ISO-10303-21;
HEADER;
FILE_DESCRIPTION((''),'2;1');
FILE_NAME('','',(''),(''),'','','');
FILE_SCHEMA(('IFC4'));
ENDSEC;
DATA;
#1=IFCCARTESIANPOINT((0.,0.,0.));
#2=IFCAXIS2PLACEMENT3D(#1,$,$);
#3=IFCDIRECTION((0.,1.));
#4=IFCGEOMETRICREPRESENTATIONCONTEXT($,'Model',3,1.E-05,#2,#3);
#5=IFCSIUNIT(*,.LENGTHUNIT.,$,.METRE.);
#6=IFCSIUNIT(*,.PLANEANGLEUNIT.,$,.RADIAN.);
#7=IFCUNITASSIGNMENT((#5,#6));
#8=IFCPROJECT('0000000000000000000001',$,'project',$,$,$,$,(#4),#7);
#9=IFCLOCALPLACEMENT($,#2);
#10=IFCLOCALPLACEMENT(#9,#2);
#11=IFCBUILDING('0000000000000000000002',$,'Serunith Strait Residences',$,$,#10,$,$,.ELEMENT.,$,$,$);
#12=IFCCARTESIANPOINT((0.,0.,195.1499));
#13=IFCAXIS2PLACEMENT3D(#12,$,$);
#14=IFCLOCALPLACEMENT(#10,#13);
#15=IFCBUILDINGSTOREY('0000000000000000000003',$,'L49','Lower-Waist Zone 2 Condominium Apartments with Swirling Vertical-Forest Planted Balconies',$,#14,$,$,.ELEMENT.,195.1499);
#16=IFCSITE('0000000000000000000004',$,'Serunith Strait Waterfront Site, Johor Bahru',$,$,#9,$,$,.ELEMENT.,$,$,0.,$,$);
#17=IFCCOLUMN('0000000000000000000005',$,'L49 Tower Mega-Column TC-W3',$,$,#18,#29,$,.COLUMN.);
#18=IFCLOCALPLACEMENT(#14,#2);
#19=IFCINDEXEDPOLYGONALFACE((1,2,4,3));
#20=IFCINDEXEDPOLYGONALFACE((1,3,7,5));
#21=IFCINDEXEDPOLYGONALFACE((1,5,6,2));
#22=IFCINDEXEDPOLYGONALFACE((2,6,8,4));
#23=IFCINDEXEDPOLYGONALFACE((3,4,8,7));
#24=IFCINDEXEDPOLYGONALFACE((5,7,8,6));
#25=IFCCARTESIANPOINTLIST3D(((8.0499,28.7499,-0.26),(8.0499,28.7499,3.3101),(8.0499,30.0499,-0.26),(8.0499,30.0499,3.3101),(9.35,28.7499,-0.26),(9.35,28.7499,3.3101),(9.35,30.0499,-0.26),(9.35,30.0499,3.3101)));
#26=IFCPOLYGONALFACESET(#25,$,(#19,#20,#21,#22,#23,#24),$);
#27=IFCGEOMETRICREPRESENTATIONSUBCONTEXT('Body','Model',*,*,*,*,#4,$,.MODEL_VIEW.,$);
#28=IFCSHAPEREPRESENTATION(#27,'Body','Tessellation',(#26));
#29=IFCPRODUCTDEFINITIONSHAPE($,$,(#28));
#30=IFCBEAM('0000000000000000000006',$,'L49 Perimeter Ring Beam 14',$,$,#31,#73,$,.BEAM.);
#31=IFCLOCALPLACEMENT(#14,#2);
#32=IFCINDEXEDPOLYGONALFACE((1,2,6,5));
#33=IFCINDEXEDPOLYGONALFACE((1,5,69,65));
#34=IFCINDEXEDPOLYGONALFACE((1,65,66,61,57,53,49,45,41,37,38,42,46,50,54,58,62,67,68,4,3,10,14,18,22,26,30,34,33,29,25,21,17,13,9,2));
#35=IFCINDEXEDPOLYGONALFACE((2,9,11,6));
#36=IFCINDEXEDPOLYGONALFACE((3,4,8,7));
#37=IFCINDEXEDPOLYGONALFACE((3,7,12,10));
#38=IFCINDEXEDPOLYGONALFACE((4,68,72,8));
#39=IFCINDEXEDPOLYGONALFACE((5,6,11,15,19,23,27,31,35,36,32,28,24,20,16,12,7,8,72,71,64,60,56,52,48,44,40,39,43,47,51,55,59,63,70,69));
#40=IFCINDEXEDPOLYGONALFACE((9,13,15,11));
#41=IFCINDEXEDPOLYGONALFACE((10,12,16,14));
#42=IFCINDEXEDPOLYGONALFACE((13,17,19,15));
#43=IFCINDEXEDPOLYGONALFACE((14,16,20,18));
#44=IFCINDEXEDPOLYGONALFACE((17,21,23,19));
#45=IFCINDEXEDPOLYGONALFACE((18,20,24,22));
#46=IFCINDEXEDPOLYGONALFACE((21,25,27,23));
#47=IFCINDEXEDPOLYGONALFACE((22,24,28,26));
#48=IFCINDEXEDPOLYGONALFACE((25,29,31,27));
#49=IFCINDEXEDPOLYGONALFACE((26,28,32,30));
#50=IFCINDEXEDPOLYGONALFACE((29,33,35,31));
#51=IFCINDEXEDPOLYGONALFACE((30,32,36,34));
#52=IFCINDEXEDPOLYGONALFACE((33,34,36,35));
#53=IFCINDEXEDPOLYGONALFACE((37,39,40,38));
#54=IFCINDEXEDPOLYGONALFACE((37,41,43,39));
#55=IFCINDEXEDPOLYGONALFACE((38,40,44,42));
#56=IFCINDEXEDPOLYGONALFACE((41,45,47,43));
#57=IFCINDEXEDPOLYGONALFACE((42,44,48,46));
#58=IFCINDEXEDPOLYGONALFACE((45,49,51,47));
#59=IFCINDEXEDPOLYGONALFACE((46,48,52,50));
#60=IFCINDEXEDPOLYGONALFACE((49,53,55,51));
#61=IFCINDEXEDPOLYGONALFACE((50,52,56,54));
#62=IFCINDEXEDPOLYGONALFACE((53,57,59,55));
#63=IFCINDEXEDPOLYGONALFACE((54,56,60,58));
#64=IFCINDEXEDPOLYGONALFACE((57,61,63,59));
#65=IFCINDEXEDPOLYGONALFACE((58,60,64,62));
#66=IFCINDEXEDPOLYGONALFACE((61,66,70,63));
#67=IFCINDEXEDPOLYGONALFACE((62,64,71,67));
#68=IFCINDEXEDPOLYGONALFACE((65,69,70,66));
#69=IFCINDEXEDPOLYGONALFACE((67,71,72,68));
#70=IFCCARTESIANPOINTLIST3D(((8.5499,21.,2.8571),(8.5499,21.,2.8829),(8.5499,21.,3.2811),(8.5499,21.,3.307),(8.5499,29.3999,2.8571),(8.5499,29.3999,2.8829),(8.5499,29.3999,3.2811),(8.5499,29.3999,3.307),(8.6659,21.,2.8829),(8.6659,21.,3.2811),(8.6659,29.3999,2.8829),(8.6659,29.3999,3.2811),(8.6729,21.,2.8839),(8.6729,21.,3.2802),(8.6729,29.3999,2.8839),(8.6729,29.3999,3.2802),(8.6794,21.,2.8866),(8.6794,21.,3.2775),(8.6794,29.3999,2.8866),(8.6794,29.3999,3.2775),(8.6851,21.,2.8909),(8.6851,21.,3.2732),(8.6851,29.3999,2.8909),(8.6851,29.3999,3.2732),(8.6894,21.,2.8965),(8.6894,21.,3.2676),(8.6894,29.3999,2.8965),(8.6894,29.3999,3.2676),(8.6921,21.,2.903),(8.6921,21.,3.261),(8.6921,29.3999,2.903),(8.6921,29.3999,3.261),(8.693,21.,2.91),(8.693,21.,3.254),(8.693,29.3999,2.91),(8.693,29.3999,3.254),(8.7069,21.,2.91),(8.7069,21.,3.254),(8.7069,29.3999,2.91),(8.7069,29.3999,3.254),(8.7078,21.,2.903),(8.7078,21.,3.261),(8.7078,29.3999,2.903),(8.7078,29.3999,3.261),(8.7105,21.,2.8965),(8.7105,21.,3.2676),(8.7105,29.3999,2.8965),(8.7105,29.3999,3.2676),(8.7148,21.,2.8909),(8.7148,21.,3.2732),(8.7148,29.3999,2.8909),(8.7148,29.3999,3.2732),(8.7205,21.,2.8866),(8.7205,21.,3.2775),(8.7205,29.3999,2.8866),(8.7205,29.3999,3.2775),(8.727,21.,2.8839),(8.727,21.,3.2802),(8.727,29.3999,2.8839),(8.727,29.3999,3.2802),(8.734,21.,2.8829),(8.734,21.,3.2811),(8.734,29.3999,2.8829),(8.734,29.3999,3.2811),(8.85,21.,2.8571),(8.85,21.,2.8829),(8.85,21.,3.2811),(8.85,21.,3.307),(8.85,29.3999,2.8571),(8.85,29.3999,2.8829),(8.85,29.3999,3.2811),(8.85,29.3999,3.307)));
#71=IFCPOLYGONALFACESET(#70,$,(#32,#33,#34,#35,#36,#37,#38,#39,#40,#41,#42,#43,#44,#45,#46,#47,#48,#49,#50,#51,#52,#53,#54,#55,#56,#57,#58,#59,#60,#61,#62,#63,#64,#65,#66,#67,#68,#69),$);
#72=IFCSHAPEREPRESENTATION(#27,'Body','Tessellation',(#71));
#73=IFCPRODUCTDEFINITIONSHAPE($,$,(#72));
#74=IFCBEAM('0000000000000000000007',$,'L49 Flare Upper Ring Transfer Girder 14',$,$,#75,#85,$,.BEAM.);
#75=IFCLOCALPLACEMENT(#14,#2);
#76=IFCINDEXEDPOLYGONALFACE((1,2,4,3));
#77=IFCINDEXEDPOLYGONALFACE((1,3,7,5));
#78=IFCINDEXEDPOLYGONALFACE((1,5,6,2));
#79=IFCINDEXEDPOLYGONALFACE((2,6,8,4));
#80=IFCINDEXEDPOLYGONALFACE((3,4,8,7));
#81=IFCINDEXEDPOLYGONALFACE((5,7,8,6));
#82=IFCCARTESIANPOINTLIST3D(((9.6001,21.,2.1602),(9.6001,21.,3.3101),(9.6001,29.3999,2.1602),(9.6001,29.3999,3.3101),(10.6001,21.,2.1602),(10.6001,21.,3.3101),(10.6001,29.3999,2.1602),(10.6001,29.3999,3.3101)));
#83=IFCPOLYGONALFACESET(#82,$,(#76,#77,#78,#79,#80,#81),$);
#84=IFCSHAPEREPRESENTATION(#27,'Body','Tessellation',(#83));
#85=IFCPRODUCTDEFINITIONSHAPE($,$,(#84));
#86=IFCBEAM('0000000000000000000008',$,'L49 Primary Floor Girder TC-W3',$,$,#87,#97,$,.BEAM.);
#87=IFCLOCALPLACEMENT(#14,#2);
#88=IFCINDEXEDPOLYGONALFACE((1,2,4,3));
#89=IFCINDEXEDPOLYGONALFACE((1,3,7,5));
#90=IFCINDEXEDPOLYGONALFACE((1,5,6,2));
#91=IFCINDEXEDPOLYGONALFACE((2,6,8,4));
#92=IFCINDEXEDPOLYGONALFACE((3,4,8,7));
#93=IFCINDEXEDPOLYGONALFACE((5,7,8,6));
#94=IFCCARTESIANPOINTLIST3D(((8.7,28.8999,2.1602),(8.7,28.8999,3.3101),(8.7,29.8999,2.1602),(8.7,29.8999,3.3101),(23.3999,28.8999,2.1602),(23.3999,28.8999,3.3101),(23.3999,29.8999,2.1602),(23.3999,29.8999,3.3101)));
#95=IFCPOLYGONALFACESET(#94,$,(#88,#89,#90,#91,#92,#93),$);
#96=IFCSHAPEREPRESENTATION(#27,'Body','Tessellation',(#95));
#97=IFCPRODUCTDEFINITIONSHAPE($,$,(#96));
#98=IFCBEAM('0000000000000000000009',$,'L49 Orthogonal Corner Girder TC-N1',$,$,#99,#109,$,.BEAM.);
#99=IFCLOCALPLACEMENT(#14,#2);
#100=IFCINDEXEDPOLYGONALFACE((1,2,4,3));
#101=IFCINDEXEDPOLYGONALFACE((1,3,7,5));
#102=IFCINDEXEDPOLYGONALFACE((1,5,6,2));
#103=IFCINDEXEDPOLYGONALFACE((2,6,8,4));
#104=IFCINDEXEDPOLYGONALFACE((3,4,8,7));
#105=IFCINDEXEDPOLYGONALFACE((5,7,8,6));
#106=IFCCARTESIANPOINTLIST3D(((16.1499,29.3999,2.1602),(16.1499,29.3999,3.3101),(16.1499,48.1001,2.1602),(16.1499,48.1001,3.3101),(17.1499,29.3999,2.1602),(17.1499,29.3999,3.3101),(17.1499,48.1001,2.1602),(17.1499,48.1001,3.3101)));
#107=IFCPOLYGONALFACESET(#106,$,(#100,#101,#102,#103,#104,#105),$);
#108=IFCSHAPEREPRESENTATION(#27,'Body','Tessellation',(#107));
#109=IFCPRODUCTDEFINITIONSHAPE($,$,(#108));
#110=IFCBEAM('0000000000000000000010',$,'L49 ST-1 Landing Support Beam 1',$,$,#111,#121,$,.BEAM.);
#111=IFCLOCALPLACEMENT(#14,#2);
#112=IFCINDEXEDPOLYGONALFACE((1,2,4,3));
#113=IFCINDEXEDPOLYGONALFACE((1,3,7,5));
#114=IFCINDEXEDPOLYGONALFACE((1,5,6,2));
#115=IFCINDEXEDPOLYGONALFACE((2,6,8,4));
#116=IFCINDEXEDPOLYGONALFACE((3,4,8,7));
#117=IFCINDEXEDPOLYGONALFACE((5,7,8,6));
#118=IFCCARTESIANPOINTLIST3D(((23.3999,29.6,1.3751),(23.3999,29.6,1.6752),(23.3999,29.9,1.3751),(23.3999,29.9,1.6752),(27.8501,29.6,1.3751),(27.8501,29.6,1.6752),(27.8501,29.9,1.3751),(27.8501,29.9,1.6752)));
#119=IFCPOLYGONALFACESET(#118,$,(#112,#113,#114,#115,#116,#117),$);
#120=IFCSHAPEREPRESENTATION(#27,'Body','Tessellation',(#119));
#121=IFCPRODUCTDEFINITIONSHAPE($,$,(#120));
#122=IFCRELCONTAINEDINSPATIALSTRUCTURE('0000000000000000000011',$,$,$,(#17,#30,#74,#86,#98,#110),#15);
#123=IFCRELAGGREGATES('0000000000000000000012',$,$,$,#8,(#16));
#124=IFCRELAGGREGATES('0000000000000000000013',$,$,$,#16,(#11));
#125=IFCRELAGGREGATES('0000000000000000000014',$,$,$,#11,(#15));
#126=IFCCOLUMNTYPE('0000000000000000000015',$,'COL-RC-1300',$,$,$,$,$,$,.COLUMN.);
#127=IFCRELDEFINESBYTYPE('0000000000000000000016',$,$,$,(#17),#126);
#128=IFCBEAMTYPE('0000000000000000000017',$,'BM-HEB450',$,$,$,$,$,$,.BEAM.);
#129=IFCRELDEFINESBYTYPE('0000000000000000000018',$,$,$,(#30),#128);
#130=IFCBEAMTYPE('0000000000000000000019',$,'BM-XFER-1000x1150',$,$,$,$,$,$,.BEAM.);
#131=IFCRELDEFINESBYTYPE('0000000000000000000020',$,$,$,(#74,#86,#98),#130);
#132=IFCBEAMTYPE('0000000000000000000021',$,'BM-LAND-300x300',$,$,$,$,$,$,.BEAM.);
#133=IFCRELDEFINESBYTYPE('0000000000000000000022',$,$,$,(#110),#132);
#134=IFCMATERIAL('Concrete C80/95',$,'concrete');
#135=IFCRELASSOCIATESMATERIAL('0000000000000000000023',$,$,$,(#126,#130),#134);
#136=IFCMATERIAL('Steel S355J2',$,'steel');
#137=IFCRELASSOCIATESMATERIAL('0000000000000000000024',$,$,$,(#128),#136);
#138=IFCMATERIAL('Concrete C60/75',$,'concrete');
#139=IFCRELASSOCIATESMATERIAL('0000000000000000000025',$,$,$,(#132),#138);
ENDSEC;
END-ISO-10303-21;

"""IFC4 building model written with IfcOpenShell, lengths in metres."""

from ifc_helpers import new_model, si_unit, direction, frame, origin, origin_2d, place, context, subcontext, project, spatial, rectangle, i_section, extrude, source, transform, mapped, material, material_profile, profile_set, type_object, element, save


model = new_model("IFC4")

# Units and contexts
model_context = context("Model", 3, precision=1e-05, world=origin(), true_north=direction((0.0, 1.0)))
body_context = subcontext(model_context, "Body", "Model", "MODEL_VIEW")
ifc_project = project(units=[si_unit("LENGTHUNIT", "METRE"), si_unit("PLANEANGLEUNIT", "RADIAN")], contexts=[model_context])

# Site, building, storey
site_placement = place(None, origin())
site = spatial("IfcSite", under=ifc_project, at=site_placement, Name="Serunith Strait Waterfront Site, Johor Bahru", CompositionType="ELEMENT", RefElevation=0.0)
building_placement = place(site_placement, origin())
building = spatial("IfcBuilding", under=site, at=building_placement, Name="Serunith Strait Residences", CompositionType="ELEMENT")
storey_placement = place(building_placement, frame((0.0, 0.0, 195.1499)))
storey = spatial("IfcBuildingStorey", under=building, at=storey_placement, Name="L49", Description="Lower-Waist Zone 2 Condominium Apartments with Swirling Vertical-Forest Planted Balconies", CompositionType="ELEMENT", Elevation=195.1499)

# Column
ifc_material_1 = material(Name="Concrete C80/95", Category="concrete")
ifc_material_profile_1 = material_profile(ifc_material_1, rectangle(XDim=1.3, YDim=1.3, at=origin_2d()), Name="RC 1300x1300")
ifc_profile_set_1 = profile_set([ifc_material_profile_1], Name="Concrete C80/95")
column_type = type_object("IfcColumnType", Name="COL-RC-1300", PredefinedType="COLUMN", material=ifc_profile_set_1)
shared_shape_1 = source(origin(), body_context, "Body", "SweptSolid", [
    extrude(rectangle(XDim=1.3, YDim=1.3, at=origin_2d()), origin(), (0.0, 0.0, 1.0), 3.5701),
])
column_placement = place(storey_placement, frame((8.7, 29.3999, -0.26), z_axis=(0.0, 0.0, 1.0), x_axis=(1.0, 0.0, 0.0)))
element("IfcColumn", 1, at=column_placement, inside=storey, type_object=column_type, Name="L49 Tower Mega-Column TC-W3", PredefinedType="COLUMN", context=body_context, shape_type="MappedRepresentation", body=[
    mapped(shared_shape_1, transform((0.0, 0.0, 0.0), scale=1.0)),
])

# Beams
ifc_material_2 = material(Name="Steel S355J2", Category="steel")
ifc_material_profile_2 = material_profile(ifc_material_2, i_section(OverallWidth=0.3, OverallDepth=0.45, WebThickness=0.0139, FlangeThickness=0.0259, FilletRadius=0.0271, at=origin_2d()), Name="HEB 450")
ifc_profile_set_2 = profile_set([ifc_material_profile_2], Name="Steel S355J2")
beam_type_1 = type_object("IfcBeamType", Name="BM-HEB450", PredefinedType="BEAM", material=ifc_profile_set_2)
shared_shape_2 = source(origin(), body_context, "Body", "SweptSolid", [
    extrude(i_section(OverallWidth=0.3, OverallDepth=0.45, WebThickness=0.0139, FlangeThickness=0.0259, FilletRadius=0.0271, at=origin_2d()), origin(), (0.0, 0.0, 1.0), 8.3999),
])
beam_1_placement = place(storey_placement, frame((8.7, 29.3999, 3.082), z_axis=(0.0, -1.0, 0.0), x_axis=(1.0, 0.0, 0.0)))
element("IfcBeam", 2, at=beam_1_placement, inside=storey, type_object=beam_type_1, Name="L49 Perimeter Ring Beam 14", PredefinedType="BEAM", context=body_context, shape_type="MappedRepresentation", body=[
    mapped(shared_shape_2, transform((0.0, 0.0, 0.0), scale=1.0)),
])
ifc_material_profile_3 = material_profile(ifc_material_1, rectangle(XDim=1.0, YDim=1.1499, at=origin_2d()), Name="RC 1000x1150")
ifc_profile_set_3 = profile_set([ifc_material_profile_3], Name="Concrete C80/95")
beam_type_2 = type_object("IfcBeamType", Name="BM-XFER-1000x1150", PredefinedType="BEAM", material=ifc_profile_set_3)
shared_shape_3 = source(origin(), body_context, "Body", "SweptSolid", [
    extrude(rectangle(XDim=1.0, YDim=1.1499, at=origin_2d()), origin(), (0.0, 0.0, 1.0), 8.3999),
])
beam_2_placement = place(storey_placement, frame((10.1001, 29.3999, 2.7351), z_axis=(0.0, -1.0, 0.0), x_axis=(1.0, 0.0, 0.0)))
element("IfcBeam", 3, at=beam_2_placement, inside=storey, type_object=beam_type_2, Name="L49 Flare Upper Ring Transfer Girder 14", PredefinedType="BEAM", context=body_context, shape_type="MappedRepresentation", body=[
    mapped(shared_shape_3, transform((0.0, 0.0, 0.0), scale=1.0)),
])
shared_shape_4 = source(origin(), body_context, "Body", "SweptSolid", [
    extrude(rectangle(XDim=1.0, YDim=1.1499, at=origin_2d()), origin(), (0.0, 0.0, 1.0), 14.7),
])
beam_3_placement = place(storey_placement, frame((23.3999, 29.3999, 2.7351), z_axis=(-1.0, 0.0, 0.0), x_axis=(0.0, -1.0, 0.0)))
element("IfcBeam", 4, at=beam_3_placement, inside=storey, type_object=beam_type_2, Name="L49 Primary Floor Girder TC-W3", PredefinedType="BEAM", context=body_context, shape_type="MappedRepresentation", body=[
    mapped(shared_shape_4, transform((0.0, 0.0, 0.0), scale=1.0)),
])
shared_shape_5 = source(origin(), body_context, "Body", "SweptSolid", [
    extrude(rectangle(XDim=1.0, YDim=1.1499, at=origin_2d()), origin(), (0.0, 0.0, 1.0), 18.7002),
])
beam_4_placement = place(storey_placement, frame((16.6499, 29.3999, 2.7351), z_axis=(0.0, 1.0, 0.0), x_axis=(-1.0, 0.0, 0.0)))
element("IfcBeam", 5, at=beam_4_placement, inside=storey, type_object=beam_type_2, Name="L49 Orthogonal Corner Girder TC-N1", PredefinedType="BEAM", context=body_context, shape_type="MappedRepresentation", body=[
    mapped(shared_shape_5, transform((0.0, 0.0, 0.0), scale=1.0)),
])
ifc_material_3 = material(Name="Concrete C60/75", Category="concrete")
ifc_material_profile_4 = material_profile(ifc_material_3, rectangle(XDim=0.3, YDim=0.3, at=origin_2d()), Name="RC 300x300")
ifc_profile_set_4 = profile_set([ifc_material_profile_4], Name="Concrete C60/75")
beam_type_3 = type_object("IfcBeamType", Name="BM-LAND-300x300", PredefinedType="BEAM", material=ifc_profile_set_4)
shared_shape_6 = source(origin(), body_context, "Body", "SweptSolid", [
    extrude(rectangle(XDim=0.3, YDim=0.3, at=origin_2d()), origin(), (0.0, 0.0, 1.0), 4.4502),
])
beam_5_placement = place(storey_placement, frame((23.3999, 29.75, 1.5251), z_axis=(1.0, 0.0, 0.0), x_axis=(0.0, 1.0, 0.0)))
element("IfcBeam", 6, at=beam_5_placement, inside=storey, type_object=beam_type_3, Name="L49 ST-1 Landing Support Beam 1", PredefinedType="BEAM", context=body_context, shape_type="MappedRepresentation", body=[
    mapped(shared_shape_6, transform((0.0, 0.0, 0.0), scale=1.0)),
])

save(model, "model.ifc")
